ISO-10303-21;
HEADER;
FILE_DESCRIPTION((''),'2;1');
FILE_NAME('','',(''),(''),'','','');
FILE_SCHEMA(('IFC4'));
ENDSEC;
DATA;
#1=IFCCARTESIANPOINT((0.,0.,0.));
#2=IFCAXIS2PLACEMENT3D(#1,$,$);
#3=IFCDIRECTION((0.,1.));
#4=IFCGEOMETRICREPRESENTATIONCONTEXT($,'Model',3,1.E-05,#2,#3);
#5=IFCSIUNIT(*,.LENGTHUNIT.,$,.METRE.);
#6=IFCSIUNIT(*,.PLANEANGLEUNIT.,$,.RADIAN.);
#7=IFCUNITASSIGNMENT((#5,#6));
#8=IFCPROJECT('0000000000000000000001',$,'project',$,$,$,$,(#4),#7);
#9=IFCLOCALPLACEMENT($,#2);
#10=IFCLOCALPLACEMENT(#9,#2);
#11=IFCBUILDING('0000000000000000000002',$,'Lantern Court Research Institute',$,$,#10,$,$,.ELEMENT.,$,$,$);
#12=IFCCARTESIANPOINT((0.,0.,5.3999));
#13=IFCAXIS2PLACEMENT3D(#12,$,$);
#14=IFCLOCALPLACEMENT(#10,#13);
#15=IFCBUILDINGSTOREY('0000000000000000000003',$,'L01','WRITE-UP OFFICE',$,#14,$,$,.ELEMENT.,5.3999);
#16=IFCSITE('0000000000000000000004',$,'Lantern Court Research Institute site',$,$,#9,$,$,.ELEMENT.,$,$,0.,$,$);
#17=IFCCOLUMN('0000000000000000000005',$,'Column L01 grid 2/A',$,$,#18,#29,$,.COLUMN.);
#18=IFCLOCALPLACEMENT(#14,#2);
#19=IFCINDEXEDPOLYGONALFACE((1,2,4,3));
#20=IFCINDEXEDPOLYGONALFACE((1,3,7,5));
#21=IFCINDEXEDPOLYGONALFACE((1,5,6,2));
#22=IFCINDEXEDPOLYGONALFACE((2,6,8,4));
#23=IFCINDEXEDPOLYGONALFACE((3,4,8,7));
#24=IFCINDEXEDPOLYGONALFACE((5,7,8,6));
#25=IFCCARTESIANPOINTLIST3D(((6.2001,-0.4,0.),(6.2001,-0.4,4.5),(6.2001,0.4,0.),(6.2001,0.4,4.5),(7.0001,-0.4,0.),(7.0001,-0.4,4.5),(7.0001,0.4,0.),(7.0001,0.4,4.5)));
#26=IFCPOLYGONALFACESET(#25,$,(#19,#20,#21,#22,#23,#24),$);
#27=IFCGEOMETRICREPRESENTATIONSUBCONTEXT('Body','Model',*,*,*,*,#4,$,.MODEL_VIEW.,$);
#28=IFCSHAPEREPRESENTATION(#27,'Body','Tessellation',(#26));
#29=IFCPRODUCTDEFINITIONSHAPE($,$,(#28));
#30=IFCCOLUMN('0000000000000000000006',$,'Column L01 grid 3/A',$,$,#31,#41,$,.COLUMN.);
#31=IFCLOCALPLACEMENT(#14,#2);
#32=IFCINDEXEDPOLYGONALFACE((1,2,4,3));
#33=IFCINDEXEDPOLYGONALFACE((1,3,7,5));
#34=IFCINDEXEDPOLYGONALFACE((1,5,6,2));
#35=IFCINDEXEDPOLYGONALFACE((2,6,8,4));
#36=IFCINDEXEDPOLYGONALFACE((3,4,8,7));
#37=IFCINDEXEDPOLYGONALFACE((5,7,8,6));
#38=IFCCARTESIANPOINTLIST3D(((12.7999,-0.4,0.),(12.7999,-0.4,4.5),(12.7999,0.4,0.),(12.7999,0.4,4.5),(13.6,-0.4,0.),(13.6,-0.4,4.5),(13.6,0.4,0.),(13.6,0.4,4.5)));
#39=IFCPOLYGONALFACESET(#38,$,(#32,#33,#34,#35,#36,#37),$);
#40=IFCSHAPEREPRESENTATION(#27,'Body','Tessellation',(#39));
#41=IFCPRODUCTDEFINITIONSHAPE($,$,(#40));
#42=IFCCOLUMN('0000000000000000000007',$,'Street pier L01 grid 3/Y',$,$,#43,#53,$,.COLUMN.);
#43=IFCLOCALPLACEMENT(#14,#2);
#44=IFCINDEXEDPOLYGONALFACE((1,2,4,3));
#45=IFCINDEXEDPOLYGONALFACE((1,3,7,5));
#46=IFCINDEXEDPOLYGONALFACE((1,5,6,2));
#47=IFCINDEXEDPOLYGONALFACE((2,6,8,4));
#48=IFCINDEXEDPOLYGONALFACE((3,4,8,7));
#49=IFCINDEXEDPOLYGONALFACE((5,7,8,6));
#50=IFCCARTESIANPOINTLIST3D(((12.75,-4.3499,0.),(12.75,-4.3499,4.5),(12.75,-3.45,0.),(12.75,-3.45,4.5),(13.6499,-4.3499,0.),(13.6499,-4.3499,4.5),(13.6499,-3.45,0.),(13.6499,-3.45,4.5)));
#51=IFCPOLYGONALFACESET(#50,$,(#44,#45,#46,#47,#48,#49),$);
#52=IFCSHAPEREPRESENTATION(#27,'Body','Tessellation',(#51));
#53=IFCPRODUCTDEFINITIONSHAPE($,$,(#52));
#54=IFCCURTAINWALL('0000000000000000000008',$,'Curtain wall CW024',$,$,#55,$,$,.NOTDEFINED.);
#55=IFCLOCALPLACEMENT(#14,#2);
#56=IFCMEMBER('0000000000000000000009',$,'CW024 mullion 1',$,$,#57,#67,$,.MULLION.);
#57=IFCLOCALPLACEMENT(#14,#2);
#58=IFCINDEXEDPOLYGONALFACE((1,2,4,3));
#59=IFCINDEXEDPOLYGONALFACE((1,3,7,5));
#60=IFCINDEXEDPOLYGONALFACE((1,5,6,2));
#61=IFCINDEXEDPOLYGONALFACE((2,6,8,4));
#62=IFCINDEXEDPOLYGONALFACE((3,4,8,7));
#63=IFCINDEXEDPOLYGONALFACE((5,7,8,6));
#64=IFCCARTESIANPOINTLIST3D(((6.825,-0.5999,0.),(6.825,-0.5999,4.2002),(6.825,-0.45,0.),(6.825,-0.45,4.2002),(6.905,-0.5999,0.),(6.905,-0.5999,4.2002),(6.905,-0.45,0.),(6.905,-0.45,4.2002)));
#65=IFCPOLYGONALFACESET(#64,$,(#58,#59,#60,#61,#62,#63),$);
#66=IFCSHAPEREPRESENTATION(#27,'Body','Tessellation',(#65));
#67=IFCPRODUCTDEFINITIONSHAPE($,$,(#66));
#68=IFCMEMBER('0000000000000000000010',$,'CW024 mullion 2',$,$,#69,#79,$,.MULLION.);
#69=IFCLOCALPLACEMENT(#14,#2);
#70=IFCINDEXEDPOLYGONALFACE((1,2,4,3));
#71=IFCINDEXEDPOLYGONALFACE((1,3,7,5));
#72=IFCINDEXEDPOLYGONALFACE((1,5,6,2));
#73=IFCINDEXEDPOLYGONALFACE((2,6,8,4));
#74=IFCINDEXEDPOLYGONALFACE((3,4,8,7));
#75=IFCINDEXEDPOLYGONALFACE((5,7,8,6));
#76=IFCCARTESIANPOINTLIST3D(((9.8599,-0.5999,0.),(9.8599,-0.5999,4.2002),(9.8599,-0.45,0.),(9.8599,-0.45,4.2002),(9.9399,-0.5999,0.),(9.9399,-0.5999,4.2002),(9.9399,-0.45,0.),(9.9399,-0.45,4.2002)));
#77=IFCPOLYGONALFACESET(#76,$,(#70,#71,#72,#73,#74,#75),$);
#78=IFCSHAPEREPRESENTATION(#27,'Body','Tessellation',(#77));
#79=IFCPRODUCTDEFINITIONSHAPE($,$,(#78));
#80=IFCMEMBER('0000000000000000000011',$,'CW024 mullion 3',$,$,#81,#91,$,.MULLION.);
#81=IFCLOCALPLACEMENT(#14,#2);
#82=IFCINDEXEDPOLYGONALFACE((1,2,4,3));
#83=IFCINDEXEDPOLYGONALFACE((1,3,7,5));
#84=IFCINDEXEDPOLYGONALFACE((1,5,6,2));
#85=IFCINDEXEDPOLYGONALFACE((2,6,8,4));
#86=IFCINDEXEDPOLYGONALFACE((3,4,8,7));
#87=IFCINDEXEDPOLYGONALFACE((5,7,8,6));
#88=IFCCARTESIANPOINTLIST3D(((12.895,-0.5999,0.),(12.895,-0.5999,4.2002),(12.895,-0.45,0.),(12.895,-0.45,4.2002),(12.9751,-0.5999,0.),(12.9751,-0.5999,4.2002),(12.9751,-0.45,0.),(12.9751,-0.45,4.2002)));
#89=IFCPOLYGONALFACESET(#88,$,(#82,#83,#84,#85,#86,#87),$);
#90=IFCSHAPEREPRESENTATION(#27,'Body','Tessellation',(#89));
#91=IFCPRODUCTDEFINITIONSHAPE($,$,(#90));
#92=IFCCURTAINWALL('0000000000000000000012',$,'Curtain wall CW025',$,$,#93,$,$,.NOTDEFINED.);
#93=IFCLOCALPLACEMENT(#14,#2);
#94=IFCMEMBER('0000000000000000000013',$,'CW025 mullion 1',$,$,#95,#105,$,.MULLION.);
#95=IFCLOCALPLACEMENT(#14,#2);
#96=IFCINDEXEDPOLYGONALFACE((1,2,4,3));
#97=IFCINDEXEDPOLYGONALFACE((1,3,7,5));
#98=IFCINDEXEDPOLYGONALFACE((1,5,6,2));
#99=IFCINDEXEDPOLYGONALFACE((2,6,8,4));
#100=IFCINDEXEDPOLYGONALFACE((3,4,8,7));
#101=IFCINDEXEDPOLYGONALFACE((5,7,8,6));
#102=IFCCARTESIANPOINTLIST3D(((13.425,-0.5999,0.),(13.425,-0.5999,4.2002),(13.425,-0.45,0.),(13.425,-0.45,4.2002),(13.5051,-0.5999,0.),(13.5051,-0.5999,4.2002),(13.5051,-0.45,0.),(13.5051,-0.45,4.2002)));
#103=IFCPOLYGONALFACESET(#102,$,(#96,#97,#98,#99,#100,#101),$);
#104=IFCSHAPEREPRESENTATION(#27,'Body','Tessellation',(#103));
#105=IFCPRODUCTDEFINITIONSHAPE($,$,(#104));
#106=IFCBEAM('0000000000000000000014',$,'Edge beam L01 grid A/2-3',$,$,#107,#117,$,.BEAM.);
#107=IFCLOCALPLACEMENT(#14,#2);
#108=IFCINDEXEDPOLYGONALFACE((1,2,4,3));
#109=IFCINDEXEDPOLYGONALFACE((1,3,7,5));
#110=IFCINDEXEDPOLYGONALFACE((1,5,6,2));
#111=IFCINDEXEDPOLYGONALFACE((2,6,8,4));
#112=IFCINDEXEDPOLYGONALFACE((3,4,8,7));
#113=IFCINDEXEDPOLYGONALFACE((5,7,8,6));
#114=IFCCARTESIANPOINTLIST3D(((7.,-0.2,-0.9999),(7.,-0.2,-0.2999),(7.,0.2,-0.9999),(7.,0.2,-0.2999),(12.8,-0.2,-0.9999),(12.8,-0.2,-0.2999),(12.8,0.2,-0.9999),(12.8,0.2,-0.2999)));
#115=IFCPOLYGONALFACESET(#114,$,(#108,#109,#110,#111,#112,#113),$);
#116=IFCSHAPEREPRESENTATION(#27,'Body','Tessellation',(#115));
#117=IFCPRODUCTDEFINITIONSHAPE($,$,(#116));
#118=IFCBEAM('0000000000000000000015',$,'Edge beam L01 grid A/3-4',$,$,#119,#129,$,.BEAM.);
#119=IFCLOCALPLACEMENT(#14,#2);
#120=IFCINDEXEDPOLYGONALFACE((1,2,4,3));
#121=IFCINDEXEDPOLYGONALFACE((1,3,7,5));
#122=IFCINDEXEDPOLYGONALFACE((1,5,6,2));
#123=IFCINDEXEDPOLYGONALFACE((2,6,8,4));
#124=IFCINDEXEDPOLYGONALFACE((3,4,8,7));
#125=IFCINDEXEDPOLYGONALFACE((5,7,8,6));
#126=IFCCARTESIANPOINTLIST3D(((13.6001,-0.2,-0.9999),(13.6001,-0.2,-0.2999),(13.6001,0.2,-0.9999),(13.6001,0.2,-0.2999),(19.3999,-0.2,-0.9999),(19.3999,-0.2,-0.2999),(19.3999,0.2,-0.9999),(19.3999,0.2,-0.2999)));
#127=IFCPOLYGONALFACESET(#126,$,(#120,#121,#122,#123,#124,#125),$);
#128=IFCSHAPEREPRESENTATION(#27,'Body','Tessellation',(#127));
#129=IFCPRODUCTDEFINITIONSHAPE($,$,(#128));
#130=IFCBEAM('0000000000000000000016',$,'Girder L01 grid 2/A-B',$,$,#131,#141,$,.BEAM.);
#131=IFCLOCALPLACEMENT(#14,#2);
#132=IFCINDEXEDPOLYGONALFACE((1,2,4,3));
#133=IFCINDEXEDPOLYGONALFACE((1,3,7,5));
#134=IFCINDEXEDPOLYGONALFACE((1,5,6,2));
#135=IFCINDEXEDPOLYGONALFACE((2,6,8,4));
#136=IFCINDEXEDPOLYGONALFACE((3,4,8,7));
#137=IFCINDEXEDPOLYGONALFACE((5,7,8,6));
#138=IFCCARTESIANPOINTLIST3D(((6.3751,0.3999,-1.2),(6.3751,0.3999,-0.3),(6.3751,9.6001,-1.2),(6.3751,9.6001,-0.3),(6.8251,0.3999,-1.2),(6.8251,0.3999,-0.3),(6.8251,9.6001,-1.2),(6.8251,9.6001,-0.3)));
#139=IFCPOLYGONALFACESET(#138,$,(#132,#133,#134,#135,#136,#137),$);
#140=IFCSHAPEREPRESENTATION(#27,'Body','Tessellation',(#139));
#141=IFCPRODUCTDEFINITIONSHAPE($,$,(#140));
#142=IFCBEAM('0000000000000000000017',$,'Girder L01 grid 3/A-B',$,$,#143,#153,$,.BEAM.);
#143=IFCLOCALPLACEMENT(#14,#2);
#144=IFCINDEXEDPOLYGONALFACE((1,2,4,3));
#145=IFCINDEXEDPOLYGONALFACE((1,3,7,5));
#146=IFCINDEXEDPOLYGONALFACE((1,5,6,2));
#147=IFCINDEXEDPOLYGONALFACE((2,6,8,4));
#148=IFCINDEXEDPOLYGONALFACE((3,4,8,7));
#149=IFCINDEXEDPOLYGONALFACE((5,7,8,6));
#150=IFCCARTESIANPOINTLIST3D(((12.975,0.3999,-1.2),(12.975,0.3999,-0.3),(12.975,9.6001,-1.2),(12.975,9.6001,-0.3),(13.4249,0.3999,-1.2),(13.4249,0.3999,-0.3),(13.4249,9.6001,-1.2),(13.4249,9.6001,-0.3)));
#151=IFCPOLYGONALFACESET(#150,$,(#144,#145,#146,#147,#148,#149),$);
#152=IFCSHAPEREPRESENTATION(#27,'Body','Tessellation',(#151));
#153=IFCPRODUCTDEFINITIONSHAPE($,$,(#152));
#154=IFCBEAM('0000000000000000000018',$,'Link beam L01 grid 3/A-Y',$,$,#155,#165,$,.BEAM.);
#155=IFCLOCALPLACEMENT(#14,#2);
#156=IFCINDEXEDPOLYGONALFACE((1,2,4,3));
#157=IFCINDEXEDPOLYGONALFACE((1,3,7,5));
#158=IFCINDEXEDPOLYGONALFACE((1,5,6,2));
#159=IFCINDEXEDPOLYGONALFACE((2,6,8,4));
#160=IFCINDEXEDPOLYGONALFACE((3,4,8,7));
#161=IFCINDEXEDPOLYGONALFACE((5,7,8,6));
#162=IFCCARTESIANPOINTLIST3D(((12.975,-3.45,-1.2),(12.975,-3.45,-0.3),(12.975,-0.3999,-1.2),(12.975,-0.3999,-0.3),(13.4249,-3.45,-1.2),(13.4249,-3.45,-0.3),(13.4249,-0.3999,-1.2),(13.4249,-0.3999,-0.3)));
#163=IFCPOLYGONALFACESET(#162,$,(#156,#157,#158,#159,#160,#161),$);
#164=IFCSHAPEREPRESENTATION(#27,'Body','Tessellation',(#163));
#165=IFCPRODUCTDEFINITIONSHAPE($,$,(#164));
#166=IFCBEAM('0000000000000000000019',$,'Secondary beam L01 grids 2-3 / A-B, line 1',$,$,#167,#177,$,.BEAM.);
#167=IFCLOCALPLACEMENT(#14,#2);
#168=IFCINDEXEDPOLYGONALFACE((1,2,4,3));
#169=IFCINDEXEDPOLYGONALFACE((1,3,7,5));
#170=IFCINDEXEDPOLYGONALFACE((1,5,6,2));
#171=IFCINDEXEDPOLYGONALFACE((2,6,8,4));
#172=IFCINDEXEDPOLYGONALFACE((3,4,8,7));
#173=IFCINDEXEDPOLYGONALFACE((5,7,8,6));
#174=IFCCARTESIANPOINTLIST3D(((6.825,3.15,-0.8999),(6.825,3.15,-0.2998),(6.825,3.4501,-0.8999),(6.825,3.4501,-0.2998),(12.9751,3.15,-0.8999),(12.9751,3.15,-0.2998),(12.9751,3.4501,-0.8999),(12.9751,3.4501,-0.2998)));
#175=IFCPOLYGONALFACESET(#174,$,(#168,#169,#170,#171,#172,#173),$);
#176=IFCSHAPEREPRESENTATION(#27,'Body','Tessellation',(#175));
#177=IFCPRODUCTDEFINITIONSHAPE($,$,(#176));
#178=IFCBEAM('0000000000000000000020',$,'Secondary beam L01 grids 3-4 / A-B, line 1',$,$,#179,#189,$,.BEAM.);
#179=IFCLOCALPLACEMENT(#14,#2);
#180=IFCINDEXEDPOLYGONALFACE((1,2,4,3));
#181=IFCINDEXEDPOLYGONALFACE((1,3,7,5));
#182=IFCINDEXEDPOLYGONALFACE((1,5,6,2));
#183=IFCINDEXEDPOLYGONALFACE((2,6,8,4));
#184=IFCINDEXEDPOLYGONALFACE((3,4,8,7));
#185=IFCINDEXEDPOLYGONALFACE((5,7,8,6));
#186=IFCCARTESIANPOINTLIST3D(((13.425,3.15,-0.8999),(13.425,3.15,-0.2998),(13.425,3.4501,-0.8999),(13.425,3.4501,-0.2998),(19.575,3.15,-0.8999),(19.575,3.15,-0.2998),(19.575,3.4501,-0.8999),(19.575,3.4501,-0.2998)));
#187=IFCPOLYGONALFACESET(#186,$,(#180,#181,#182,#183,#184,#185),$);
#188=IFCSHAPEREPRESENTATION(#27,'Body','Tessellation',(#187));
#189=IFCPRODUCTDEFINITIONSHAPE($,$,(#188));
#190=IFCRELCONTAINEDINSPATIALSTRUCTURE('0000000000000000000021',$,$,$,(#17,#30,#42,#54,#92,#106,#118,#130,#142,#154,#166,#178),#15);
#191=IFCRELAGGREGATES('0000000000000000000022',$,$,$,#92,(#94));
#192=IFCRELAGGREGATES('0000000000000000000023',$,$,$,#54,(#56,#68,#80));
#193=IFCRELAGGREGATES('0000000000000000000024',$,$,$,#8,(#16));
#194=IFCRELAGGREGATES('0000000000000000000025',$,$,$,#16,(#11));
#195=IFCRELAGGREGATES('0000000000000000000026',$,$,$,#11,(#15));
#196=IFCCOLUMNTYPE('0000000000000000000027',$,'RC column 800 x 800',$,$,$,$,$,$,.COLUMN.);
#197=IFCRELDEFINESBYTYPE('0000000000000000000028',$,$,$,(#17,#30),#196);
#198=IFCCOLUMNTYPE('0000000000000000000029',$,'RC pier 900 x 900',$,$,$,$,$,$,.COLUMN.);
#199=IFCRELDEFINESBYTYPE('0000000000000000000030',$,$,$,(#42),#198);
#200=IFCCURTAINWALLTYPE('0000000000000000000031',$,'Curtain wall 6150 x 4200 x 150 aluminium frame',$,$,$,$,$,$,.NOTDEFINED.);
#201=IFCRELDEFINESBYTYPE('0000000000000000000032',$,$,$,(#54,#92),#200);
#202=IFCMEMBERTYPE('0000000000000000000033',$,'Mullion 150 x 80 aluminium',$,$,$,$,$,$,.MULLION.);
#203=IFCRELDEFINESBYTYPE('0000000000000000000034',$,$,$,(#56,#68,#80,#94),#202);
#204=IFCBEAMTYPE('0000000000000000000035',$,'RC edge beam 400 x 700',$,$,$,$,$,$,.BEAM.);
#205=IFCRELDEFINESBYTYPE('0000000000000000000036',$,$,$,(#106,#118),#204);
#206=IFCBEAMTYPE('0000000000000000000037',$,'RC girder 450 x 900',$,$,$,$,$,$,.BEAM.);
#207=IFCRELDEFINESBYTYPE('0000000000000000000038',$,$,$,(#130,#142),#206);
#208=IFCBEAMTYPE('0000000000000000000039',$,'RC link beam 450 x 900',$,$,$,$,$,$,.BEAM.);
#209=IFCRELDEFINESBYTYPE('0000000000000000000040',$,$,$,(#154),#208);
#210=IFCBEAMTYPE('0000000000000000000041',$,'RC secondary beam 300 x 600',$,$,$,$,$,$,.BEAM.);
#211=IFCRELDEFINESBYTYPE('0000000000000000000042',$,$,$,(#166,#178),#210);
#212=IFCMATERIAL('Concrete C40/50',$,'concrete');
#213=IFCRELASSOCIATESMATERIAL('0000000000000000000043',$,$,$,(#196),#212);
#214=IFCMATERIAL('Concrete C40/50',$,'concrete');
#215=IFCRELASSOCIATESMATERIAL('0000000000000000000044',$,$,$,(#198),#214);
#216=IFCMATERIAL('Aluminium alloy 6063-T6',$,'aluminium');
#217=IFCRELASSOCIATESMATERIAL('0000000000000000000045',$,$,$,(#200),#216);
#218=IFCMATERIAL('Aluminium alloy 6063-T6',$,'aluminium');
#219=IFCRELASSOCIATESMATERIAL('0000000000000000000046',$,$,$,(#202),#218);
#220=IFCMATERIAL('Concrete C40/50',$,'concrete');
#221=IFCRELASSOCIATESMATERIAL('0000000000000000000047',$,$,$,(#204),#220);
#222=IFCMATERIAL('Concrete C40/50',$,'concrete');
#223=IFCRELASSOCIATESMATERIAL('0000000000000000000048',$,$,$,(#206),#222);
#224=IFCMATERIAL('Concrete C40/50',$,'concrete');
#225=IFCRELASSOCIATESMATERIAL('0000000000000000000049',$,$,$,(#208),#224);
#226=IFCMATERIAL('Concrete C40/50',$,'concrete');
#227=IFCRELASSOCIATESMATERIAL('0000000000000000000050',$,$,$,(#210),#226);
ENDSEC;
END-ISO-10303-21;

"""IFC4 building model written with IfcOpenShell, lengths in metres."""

from ifc_helpers import new_model, si_unit, direction, frame, origin, origin_2d, place, context, subcontext, project, spatial, rectangle, extrude, material, material_profile, profile_set, type_object, element, aggregate, save


model = new_model("IFC4")

# Units and contexts
model_context = context("Model", 3, precision=1e-05, world=origin(), true_north=direction((0.0, 1.0)))
body_context = subcontext(model_context, "Body", "Model", "MODEL_VIEW")
ifc_project = project(units=[si_unit("LENGTHUNIT", "METRE"), si_unit("PLANEANGLEUNIT", "RADIAN")], contexts=[model_context])

# Site, building, storey
site_placement = place(None, origin())
site = spatial("IfcSite", under=ifc_project, at=site_placement, Name="Lantern Court Research Institute site", CompositionType="ELEMENT", RefElevation=0.0)
building_placement = place(site_placement, origin())
building = spatial("IfcBuilding", under=site, at=building_placement, Name="Lantern Court Research Institute", CompositionType="ELEMENT")
storey_placement = place(building_placement, frame((0.0, 0.0, 5.3999)))
storey = spatial("IfcBuildingStorey", under=building, at=storey_placement, Name="L01", Description="WRITE-UP OFFICE", CompositionType="ELEMENT", Elevation=5.3999)

# Columns
ifc_material_1 = material(Name="Concrete C40/50", Category="concrete")
ifc_material_profile_1 = material_profile(ifc_material_1, rectangle(XDim=0.8, YDim=0.8, at=origin_2d()), Name="RC column 800 x 800")
ifc_profile_set_1 = profile_set([ifc_material_profile_1], Name="Concrete C40/50")
column_type_1 = type_object("IfcColumnType", Name="RC column 800 x 800", PredefinedType="COLUMN", material=ifc_profile_set_1)
for number, where, z_axis, x_axis, name in (
    (1, (6.6001, 0.0, 0.0), (0.0, 0.0, 1.0), (1.0, 0.0, 0.0), "Column L01 grid 2/A"),
    (2, (13.2, 0.0, 0.0), (0.0, 0.0, 1.0), (1.0, 0.0, 0.0), "Column L01 grid 3/A"),
):
    element("IfcColumn", number, at=place(storey_placement, frame(where, z_axis=z_axis, x_axis=x_axis)), inside=storey, type_object=column_type_1, Name=name, PredefinedType="COLUMN", context=body_context, shape_type="SweptSolid", body=[
        extrude(rectangle(XDim=0.8, YDim=0.8, at=origin_2d()), origin(), (0.0, 0.0, 1.0), 4.5),
    ])
ifc_material_2 = material(Name="Concrete C40/50", Category="concrete")
ifc_material_profile_2 = material_profile(ifc_material_2, rectangle(XDim=0.8999, YDim=0.8999, at=origin_2d()), Name="RC column 900 x 900")
ifc_profile_set_2 = profile_set([ifc_material_profile_2], Name="Concrete C40/50")
column_type_2 = type_object("IfcColumnType", Name="RC pier 900 x 900", PredefinedType="COLUMN", material=ifc_profile_set_2)
column_placement = place(storey_placement, frame((13.2, -3.8999, 0.0), z_axis=(0.0, 0.0, 1.0), x_axis=(1.0, 0.0, 0.0)))
element("IfcColumn", 3, at=column_placement, inside=storey, type_object=column_type_2, Name="Street pier L01 grid 3/Y", PredefinedType="COLUMN", context=body_context, shape_type="SweptSolid", body=[
    extrude(rectangle(XDim=0.8999, YDim=0.8999, at=origin_2d()), origin(), (0.0, 0.0, 1.0), 4.5),
])

# Curtain wall, members
ifc_material_3 = material(Name="Aluminium alloy 6063-T6", Category="aluminium")
curtain_wall_type = type_object("IfcCurtainWallType", Name="Curtain wall 6150 x 4200 x 150 aluminium frame", PredefinedType="NOTDEFINED", material=ifc_material_3)
curtain_wall_1_placement = place(storey_placement, origin())
curtain_wall_1 = element("IfcCurtainWall", 4, at=curtain_wall_1_placement, inside=storey, type_object=curtain_wall_type, Name="Curtain wall CW024", PredefinedType="NOTDEFINED")
ifc_material_4 = material(Name="Aluminium alloy 6063-T6", Category="aluminium")
ifc_material_profile_3 = material_profile(ifc_material_4, rectangle(XDim=0.1499, YDim=0.0801, at=origin_2d()), Name="Mullion 150 x 80")
ifc_profile_set_3 = profile_set([ifc_material_profile_3], Name="Aluminium alloy 6063-T6")
member_type_1 = type_object("IfcMemberType", Name="Mullion 150 x 80 aluminium", PredefinedType="MULLION", material=ifc_profile_set_3)
member_1_placement = place(storey_placement, frame((6.865, -0.5249, 0.0), z_axis=(0.0, 0.0, 1.0), x_axis=(0.0, -1.0, 0.0)))
member_1 = element("IfcMember", 5, at=member_1_placement, type_object=member_type_1, Name="CW024 mullion 1", PredefinedType="MULLION", context=body_context, shape_type="SweptSolid", body=[
    extrude(rectangle(XDim=0.1499, YDim=0.0801, at=origin_2d()), origin(), (0.0, 0.0, 1.0), 4.2002),
])
member_2_placement = place(storey_placement, frame((9.8999, -0.5249, 0.0), z_axis=(0.0, 0.0, 1.0), x_axis=(0.0, -1.0, 0.0)))
member_2 = element("IfcMember", 6, at=member_2_placement, type_object=member_type_1, Name="CW024 mullion 2", PredefinedType="MULLION", context=body_context, shape_type="SweptSolid", body=[
    extrude(rectangle(XDim=0.1499, YDim=0.0801, at=origin_2d()), origin(), (0.0, 0.0, 1.0), 4.2002),
])
member_3_placement = place(storey_placement, frame((12.9351, -0.5249, 0.0), z_axis=(0.0, 0.0, 1.0), x_axis=(0.0, -1.0, 0.0)))
member_3 = element("IfcMember", 7, at=member_3_placement, type_object=member_type_1, Name="CW024 mullion 3", PredefinedType="MULLION", context=body_context, shape_type="SweptSolid", body=[
    extrude(rectangle(XDim=0.1499, YDim=0.0801, at=origin_2d()), origin(), (0.0, 0.0, 1.0), 4.2002),
])

# Curtain wall, member
curtain_wall_2_placement = place(storey_placement, origin())
curtain_wall_2 = element("IfcCurtainWall", 8, at=curtain_wall_2_placement, inside=storey, type_object=curtain_wall_type, Name="Curtain wall CW025", PredefinedType="NOTDEFINED")
member_4_placement = place(storey_placement, frame((13.4651, -0.5249, 0.0), z_axis=(0.0, 0.0, 1.0), x_axis=(0.0, -1.0, 0.0)))
member_4 = element("IfcMember", 9, at=member_4_placement, type_object=member_type_1, Name="CW025 mullion 1", PredefinedType="MULLION", context=body_context, shape_type="SweptSolid", body=[
    extrude(rectangle(XDim=0.1499, YDim=0.0801, at=origin_2d()), origin(), (0.0, 0.0, 1.0), 4.2002),
])
aggregate(curtain_wall_2, [member_4])

# Beams
ifc_material_5 = material(Name="Concrete C40/50", Category="concrete")
ifc_material_profile_4 = material_profile(ifc_material_5, rectangle(XDim=0.3999, YDim=0.7, at=origin_2d()), Name="RC beam 400 x 700")
ifc_profile_set_4 = profile_set([ifc_material_profile_4], Name="Concrete C40/50")
beam_type_1 = type_object("IfcBeamType", Name="RC edge beam 400 x 700", PredefinedType="BEAM", material=ifc_profile_set_4)
beam_1_placement = place(storey_placement, frame((7.0, 0.0, -0.6499), z_axis=(1.0, 0.0, 0.0), x_axis=(0.0, 1.0, 0.0)))
element("IfcBeam", 10, at=beam_1_placement, inside=storey, type_object=beam_type_1, Name="Edge beam L01 grid A/2-3", PredefinedType="BEAM", context=body_context, shape_type="SweptSolid", body=[
    extrude(rectangle(XDim=0.3999, YDim=0.7, at=origin_2d()), origin(), (0.0, 0.0, 1.0), 5.8),
])
beam_2_placement = place(storey_placement, frame((13.6001, 0.0, -0.6499), z_axis=(1.0, 0.0, 0.0), x_axis=(0.0, 1.0, 0.0)))
element("IfcBeam", 11, at=beam_2_placement, inside=storey, type_object=beam_type_1, Name="Edge beam L01 grid A/3-4", PredefinedType="BEAM", context=body_context, shape_type="SweptSolid", body=[
    extrude(rectangle(XDim=0.3999, YDim=0.7, at=origin_2d()), origin(), (0.0, 0.0, 1.0), 5.7998),
])
ifc_material_6 = material(Name="Concrete C40/50", Category="concrete")
ifc_material_profile_5 = material_profile(ifc_material_6, rectangle(XDim=0.45, YDim=0.8999, at=origin_2d()), Name="RC beam 450 x 900")
ifc_profile_set_5 = profile_set([ifc_material_profile_5], Name="Concrete C40/50")
beam_type_2 = type_object("IfcBeamType", Name="RC girder 450 x 900", PredefinedType="BEAM", material=ifc_profile_set_5)
for number, where, z_axis, x_axis, name in (
    (12, (6.6001, 0.3999, -0.75), (0.0, 1.0, 0.0), (-1.0, 0.0, 0.0), "Girder L01 grid 2/A-B"),
    (13, (13.2, 0.3999, -0.75), (0.0, 1.0, 0.0), (-1.0, 0.0, 0.0), "Girder L01 grid 3/A-B"),
):
    element("IfcBeam", number, at=place(storey_placement, frame(where, z_axis=z_axis, x_axis=x_axis)), inside=storey, type_object=beam_type_2, Name=name, PredefinedType="BEAM", context=body_context, shape_type="SweptSolid", body=[
        extrude(rectangle(XDim=0.45, YDim=0.8999, at=origin_2d()), origin(), (0.0, 0.0, 1.0), 9.2002),
    ])
ifc_material_7 = material(Name="Concrete C40/50", Category="concrete")
ifc_material_profile_6 = material_profile(ifc_material_7, rectangle(XDim=0.45, YDim=0.8999, at=origin_2d()), Name="RC beam 450 x 900")
ifc_profile_set_6 = profile_set([ifc_material_profile_6], Name="Concrete C40/50")
beam_type_3 = type_object("IfcBeamType", Name="RC link beam 450 x 900", PredefinedType="BEAM", material=ifc_profile_set_6)
beam_3_placement = place(storey_placement, frame((13.2, -0.3999, -0.75), z_axis=(0.0, -1.0, 0.0), x_axis=(1.0, 0.0, 0.0)))
element("IfcBeam", 14, at=beam_3_placement, inside=storey, type_object=beam_type_3, Name="Link beam L01 grid 3/A-Y", PredefinedType="BEAM", context=body_context, shape_type="SweptSolid", body=[
    extrude(rectangle(XDim=0.45, YDim=0.8999, at=origin_2d()), origin(), (0.0, 0.0, 1.0), 3.05),
])
ifc_material_8 = material(Name="Concrete C40/50", Category="concrete")
ifc_material_profile_7 = material_profile(ifc_material_8, rectangle(XDim=0.3, YDim=0.6001, at=origin_2d()), Name="RC beam 300 x 600")
ifc_profile_set_7 = profile_set([ifc_material_profile_7], Name="Concrete C40/50")
beam_type_4 = type_object("IfcBeamType", Name="RC secondary beam 300 x 600", PredefinedType="BEAM", material=ifc_profile_set_7)
beam_4_placement = place(storey_placement, frame((6.825, 3.3, -0.5999), z_axis=(1.0, 0.0, 0.0), x_axis=(0.0, 1.0, 0.0)))
element("IfcBeam", 15, at=beam_4_placement, inside=storey, type_object=beam_type_4, Name="Secondary beam L01 grids 2-3 / A-B, line 1", PredefinedType="BEAM", context=body_context, shape_type="SweptSolid", body=[
    extrude(rectangle(XDim=0.3, YDim=0.6001, at=origin_2d()), origin(), (0.0, 0.0, 1.0), 6.1501),
])
beam_5_placement = place(storey_placement, frame((13.425, 3.3, -0.5999), z_axis=(1.0, 0.0, 0.0), x_axis=(0.0, 1.0, 0.0)))
element("IfcBeam", 16, at=beam_5_placement, inside=storey, type_object=beam_type_4, Name="Secondary beam L01 grids 3-4 / A-B, line 1", PredefinedType="BEAM", context=body_context, shape_type="SweptSolid", body=[
    extrude(rectangle(XDim=0.3, YDim=0.6001, at=origin_2d()), origin(), (0.0, 0.0, 1.0), 6.1499),
])

aggregate(curtain_wall_1, [member_1, member_2, member_3])

save(model, "model.ifc")
